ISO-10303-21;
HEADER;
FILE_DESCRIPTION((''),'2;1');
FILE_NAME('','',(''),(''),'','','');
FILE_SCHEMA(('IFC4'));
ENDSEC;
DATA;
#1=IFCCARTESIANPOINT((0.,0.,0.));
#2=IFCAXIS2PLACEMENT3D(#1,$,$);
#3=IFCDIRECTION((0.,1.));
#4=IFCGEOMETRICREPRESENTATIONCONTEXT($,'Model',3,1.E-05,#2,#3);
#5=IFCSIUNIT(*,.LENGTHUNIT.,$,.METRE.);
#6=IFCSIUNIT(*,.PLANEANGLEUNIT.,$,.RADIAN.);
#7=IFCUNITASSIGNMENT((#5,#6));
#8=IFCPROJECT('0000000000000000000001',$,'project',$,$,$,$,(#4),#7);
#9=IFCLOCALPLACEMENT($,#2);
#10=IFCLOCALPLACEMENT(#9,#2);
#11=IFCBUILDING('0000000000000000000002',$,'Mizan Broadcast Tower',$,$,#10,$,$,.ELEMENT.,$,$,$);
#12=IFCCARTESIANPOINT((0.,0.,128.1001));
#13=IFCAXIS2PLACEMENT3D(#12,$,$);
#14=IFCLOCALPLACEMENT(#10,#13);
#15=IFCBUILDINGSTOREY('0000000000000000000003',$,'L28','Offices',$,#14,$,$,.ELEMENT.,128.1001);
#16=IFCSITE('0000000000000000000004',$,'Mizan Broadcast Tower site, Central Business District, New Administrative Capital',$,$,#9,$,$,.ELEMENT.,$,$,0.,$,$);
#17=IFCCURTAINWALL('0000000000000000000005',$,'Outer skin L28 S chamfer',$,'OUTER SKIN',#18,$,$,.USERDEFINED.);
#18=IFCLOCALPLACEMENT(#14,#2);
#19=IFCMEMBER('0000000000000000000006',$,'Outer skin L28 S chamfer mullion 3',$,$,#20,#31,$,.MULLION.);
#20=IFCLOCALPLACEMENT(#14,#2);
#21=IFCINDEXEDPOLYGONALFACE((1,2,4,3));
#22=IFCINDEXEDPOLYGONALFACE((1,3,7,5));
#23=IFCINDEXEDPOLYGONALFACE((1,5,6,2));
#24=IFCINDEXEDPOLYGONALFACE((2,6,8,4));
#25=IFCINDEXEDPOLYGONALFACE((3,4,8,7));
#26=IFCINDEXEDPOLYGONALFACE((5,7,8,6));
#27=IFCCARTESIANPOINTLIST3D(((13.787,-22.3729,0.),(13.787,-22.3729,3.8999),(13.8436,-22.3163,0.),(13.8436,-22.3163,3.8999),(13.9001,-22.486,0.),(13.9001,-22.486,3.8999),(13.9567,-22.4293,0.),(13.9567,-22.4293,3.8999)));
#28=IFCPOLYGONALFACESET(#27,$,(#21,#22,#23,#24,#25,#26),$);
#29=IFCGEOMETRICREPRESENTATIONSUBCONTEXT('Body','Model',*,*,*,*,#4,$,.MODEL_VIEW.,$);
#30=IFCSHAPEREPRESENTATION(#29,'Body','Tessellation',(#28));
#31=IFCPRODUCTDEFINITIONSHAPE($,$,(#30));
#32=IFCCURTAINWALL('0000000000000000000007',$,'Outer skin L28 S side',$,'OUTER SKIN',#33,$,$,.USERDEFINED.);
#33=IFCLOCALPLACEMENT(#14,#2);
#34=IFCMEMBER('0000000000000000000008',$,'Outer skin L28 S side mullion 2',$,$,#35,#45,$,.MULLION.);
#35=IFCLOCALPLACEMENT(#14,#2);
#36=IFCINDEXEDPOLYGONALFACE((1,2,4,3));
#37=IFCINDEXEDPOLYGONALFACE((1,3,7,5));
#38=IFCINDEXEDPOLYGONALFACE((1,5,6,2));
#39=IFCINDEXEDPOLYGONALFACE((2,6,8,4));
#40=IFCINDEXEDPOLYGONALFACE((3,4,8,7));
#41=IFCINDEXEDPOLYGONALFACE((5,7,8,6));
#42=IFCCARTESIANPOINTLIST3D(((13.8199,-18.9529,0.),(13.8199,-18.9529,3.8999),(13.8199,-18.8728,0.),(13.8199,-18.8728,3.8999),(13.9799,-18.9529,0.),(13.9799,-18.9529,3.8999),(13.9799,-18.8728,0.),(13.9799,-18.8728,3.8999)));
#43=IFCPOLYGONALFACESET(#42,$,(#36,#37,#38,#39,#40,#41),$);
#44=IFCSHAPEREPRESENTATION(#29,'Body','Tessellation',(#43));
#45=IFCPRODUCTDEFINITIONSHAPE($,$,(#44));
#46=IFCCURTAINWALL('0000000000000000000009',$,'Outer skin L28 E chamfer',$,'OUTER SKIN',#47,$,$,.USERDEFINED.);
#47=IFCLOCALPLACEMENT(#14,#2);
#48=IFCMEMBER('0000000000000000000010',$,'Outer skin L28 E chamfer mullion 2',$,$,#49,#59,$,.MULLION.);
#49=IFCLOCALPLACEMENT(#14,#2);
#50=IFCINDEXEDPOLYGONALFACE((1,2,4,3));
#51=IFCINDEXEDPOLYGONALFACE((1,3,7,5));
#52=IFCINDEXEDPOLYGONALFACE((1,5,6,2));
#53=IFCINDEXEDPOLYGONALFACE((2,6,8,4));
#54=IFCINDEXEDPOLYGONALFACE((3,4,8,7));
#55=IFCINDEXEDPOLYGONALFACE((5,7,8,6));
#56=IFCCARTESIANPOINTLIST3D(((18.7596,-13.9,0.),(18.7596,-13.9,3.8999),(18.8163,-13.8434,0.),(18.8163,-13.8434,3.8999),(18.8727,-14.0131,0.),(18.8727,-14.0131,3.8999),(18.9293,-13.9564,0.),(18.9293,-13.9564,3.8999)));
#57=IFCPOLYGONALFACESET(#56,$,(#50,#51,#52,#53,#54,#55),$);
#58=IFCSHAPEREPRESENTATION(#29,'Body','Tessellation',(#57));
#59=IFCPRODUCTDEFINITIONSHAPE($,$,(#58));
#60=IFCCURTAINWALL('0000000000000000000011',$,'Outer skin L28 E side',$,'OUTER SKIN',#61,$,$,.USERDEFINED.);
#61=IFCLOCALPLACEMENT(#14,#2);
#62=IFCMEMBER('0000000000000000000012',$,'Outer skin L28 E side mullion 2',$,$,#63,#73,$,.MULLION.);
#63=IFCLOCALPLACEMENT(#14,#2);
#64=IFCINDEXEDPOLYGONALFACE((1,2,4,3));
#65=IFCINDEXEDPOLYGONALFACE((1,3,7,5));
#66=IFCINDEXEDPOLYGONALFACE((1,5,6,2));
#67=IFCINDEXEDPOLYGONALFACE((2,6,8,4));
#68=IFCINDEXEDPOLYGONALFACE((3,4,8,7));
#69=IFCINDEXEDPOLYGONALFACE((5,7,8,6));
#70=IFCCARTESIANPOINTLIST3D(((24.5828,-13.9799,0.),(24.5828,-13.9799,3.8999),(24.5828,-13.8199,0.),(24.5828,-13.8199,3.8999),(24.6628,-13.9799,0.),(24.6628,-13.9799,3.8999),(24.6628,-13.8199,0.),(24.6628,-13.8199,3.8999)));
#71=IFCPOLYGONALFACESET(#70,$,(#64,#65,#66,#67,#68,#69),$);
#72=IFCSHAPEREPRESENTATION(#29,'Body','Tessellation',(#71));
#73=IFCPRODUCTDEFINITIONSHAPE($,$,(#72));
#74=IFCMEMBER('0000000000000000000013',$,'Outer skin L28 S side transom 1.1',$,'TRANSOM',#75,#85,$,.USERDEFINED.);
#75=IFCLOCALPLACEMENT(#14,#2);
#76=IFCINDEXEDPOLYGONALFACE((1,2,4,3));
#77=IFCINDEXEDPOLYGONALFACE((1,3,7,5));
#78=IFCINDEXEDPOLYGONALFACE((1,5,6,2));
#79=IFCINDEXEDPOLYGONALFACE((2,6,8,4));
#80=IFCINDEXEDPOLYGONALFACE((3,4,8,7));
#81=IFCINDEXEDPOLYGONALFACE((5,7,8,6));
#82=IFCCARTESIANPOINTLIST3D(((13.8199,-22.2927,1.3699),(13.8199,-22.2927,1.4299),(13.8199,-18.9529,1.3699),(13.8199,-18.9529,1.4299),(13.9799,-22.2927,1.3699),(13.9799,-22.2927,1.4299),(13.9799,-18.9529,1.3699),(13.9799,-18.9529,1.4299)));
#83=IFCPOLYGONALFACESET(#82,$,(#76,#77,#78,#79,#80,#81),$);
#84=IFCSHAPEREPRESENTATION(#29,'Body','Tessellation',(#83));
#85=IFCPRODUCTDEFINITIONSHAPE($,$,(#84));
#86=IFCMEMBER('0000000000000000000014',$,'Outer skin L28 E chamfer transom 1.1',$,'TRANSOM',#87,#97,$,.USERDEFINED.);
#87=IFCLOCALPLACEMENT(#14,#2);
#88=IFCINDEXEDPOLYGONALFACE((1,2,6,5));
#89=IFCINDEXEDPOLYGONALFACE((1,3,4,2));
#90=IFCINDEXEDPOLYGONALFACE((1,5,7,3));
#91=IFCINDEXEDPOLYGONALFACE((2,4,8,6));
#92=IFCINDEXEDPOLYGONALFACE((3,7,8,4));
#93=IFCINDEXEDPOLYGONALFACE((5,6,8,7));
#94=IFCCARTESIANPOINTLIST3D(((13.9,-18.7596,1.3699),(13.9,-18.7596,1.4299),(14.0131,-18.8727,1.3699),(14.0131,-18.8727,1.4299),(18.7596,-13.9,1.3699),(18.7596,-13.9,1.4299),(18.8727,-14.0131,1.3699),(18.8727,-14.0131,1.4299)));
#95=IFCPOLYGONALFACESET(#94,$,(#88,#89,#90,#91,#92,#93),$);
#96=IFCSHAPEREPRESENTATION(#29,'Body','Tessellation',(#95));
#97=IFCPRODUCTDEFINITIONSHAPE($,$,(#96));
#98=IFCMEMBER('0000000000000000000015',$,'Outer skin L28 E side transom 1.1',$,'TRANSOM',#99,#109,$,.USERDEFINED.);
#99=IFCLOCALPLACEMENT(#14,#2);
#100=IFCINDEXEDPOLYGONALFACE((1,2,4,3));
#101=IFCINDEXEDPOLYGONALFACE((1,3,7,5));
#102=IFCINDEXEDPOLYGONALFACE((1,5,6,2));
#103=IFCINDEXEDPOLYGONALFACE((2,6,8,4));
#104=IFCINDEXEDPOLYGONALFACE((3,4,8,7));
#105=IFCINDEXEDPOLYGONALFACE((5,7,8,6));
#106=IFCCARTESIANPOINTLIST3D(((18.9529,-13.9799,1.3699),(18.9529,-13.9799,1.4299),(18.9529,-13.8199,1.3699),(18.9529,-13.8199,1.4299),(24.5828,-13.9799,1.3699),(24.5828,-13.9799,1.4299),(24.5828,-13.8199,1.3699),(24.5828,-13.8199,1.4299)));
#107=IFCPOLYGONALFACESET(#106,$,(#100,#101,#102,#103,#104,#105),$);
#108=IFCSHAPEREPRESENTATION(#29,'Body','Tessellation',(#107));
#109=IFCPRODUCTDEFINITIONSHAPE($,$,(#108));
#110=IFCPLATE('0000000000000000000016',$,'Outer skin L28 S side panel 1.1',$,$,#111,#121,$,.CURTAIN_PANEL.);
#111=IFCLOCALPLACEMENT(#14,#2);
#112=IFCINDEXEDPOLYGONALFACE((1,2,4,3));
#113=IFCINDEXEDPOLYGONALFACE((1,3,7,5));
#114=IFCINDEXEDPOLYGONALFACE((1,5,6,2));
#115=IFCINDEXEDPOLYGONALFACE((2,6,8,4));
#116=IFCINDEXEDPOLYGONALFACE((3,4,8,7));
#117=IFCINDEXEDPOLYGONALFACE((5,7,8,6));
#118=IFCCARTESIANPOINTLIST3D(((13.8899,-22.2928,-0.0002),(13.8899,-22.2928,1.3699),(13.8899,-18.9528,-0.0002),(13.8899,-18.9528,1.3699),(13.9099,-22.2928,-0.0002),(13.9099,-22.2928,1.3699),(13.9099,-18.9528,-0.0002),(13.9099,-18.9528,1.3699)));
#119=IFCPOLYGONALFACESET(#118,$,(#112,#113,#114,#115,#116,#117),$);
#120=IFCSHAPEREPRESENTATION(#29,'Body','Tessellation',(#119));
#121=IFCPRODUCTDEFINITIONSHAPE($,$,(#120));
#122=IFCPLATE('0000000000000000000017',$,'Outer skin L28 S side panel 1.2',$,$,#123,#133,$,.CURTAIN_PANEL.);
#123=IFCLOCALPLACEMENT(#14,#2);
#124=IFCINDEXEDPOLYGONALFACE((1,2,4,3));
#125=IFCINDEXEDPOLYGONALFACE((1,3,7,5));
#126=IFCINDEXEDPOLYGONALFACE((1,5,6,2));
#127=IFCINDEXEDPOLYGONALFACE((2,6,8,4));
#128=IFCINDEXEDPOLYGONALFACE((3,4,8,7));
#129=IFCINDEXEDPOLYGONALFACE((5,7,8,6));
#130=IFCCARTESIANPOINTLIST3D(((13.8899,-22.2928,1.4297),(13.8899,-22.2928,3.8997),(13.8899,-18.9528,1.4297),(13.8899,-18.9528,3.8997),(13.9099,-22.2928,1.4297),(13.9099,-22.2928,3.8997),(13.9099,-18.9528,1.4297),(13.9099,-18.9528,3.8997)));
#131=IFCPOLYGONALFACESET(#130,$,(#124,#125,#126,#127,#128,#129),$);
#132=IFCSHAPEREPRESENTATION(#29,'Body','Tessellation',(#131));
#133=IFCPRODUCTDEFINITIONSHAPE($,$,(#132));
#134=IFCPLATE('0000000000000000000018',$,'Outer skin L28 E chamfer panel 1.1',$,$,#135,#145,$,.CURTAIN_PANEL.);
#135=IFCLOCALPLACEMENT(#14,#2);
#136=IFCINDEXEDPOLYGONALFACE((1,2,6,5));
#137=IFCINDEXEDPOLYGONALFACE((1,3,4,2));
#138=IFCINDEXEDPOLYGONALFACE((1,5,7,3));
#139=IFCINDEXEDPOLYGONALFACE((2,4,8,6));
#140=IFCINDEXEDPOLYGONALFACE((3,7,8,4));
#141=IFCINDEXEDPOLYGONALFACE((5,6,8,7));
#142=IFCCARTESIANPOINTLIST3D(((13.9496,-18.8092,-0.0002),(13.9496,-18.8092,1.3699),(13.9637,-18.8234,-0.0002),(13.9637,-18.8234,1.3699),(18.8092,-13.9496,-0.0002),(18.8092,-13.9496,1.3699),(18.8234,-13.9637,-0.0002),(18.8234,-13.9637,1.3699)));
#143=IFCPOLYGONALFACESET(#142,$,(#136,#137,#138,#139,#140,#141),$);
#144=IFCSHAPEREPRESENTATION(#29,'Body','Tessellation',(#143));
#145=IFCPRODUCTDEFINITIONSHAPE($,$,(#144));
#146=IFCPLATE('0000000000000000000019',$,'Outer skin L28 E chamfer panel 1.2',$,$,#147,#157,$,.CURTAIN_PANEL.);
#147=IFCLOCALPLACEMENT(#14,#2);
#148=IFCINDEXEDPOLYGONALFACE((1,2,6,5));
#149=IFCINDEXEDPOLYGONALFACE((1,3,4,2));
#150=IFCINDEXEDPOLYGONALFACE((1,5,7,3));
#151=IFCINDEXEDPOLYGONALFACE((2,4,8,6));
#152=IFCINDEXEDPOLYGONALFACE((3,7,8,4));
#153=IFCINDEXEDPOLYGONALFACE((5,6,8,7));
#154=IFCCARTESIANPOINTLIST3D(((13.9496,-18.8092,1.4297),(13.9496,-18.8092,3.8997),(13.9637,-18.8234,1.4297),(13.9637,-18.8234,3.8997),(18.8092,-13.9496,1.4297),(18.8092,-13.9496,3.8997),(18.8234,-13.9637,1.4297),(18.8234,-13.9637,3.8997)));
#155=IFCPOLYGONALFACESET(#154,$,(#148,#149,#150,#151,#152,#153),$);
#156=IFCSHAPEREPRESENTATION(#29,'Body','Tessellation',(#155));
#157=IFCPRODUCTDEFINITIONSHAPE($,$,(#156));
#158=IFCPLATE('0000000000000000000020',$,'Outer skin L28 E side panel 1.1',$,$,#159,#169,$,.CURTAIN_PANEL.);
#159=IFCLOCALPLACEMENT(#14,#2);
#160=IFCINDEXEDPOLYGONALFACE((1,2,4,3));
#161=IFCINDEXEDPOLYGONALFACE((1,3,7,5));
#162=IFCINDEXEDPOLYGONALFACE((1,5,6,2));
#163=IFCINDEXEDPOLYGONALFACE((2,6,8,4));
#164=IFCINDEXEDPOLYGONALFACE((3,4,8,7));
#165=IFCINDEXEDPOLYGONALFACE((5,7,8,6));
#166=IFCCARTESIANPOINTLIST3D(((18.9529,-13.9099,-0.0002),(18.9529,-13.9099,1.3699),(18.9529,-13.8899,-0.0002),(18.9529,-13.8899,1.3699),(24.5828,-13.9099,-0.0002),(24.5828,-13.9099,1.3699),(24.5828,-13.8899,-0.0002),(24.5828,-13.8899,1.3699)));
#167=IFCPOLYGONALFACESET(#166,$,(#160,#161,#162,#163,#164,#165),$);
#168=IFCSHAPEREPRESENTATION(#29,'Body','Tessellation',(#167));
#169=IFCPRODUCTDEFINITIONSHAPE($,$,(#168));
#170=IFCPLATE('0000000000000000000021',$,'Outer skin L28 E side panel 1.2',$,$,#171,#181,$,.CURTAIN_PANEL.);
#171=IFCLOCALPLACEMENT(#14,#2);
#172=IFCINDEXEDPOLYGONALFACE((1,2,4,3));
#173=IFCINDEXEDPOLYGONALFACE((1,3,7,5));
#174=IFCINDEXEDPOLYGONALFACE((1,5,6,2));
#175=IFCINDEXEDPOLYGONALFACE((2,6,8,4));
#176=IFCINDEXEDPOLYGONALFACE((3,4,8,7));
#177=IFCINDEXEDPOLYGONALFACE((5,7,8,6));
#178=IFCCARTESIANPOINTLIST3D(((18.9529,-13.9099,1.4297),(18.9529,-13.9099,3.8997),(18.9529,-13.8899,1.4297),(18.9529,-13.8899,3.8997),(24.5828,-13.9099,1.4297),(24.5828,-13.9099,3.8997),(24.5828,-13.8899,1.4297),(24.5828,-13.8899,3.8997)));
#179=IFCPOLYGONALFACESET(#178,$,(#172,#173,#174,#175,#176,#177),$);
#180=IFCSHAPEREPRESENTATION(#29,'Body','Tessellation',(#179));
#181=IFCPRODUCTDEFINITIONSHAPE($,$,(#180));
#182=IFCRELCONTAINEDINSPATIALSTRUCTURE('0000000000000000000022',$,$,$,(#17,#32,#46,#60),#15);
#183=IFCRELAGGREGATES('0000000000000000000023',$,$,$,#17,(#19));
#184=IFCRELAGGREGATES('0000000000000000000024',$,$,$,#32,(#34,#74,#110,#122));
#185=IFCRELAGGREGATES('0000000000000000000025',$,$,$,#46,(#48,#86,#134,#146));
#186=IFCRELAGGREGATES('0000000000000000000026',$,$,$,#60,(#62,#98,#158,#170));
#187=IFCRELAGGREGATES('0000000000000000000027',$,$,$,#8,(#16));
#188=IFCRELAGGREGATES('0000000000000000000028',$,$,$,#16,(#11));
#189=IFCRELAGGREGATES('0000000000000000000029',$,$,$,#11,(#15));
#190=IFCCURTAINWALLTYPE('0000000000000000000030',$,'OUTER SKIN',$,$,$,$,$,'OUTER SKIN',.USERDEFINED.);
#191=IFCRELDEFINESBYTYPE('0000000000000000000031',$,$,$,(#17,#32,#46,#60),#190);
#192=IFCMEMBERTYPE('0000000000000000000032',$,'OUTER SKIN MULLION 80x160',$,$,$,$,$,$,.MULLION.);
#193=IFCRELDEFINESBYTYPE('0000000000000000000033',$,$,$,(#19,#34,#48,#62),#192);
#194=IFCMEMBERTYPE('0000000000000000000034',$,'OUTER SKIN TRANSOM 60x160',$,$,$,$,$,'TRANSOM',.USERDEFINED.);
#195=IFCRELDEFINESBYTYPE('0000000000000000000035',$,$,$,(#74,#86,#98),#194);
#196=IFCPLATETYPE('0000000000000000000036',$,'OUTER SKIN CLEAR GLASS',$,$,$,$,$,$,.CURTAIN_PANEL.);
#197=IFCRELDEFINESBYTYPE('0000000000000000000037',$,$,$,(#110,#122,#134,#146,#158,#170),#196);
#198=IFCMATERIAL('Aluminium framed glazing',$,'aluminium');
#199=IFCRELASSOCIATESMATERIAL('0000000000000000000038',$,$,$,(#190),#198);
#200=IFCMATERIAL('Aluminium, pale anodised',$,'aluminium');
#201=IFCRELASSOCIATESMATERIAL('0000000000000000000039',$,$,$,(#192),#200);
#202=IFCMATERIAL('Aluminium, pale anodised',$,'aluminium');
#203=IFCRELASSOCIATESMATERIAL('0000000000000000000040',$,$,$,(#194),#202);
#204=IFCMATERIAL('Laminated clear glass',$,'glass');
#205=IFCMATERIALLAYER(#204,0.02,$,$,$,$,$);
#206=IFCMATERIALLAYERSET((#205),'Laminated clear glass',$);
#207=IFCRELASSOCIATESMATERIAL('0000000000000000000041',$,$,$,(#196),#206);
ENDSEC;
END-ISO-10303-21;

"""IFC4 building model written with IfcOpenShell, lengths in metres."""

from ifc_helpers import new_model, si_unit, direction, frame, origin, origin_2d, place, context, subcontext, project, spatial, rectangle, extrude, material, layer, layer_set, material_profile, profile_set, type_object, element, aggregate, save


model = new_model("IFC4")

# Units and contexts
model_context = context("Model", 3, precision=1e-05, world=origin(), true_north=direction((0.0, 1.0)))
body_context = subcontext(model_context, "Body", "Model", "MODEL_VIEW")
ifc_project = project(units=[si_unit("LENGTHUNIT", "METRE"), si_unit("PLANEANGLEUNIT", "RADIAN")], contexts=[model_context])

# Site, building, storey
site_placement = place(None, origin())
site = spatial("IfcSite", under=ifc_project, at=site_placement, Name="Mizan Broadcast Tower site, Central Business District, New Administrative Capital", CompositionType="ELEMENT", RefElevation=0.0)
building_placement = place(site_placement, origin())
building = spatial("IfcBuilding", under=site, at=building_placement, Name="Mizan Broadcast Tower", CompositionType="ELEMENT")
storey_placement = place(building_placement, frame((0.0, 0.0, 128.1001)))
storey = spatial("IfcBuildingStorey", under=building, at=storey_placement, Name="L28", Description="Offices", CompositionType="ELEMENT", Elevation=128.1001)

# Curtain walls, members
ifc_material_1 = material(Name="Aluminium framed glazing", Category="aluminium")
curtain_wall_type = type_object("IfcCurtainWallType", Name="OUTER SKIN", ElementType="OUTER SKIN", PredefinedType="USERDEFINED", material=ifc_material_1)
curtain_wall_1_placement = place(storey_placement, origin())
curtain_wall_1 = element("IfcCurtainWall", 1, at=curtain_wall_1_placement, inside=storey, type_object=curtain_wall_type, Name="Outer skin L28 S chamfer", ObjectType="OUTER SKIN", PredefinedType="USERDEFINED")
ifc_material_2 = material(Name="Aluminium, pale anodised", Category="aluminium")
ifc_material_profile_1 = material_profile(ifc_material_2, rectangle(XDim=0.1599, YDim=0.0801, at=origin_2d()), Name="MULLION 160x80")
ifc_profile_set_1 = profile_set([ifc_material_profile_1], Name="Aluminium, pale anodised")
member_type_1 = type_object("IfcMemberType", Name="OUTER SKIN MULLION 80x160", PredefinedType="MULLION", material=ifc_profile_set_1)
member_1_placement = place(storey_placement, frame((13.8718, -22.4011, 0.0), z_axis=(0.0, 0.0, 1.0), x_axis=(-0.707107, 0.707107, 0.0)))
member_1 = element("IfcMember", 2, at=member_1_placement, type_object=member_type_1, Name="Outer skin L28 S chamfer mullion 3", PredefinedType="MULLION", context=body_context, shape_type="SweptSolid", body=[
    extrude(rectangle(XDim=0.1599, YDim=0.0801, at=origin_2d()), origin(), (0.0, 0.0, 1.0), 3.8999),
])
aggregate(curtain_wall_1, [member_1])
curtain_wall_2_placement = place(storey_placement, origin())
curtain_wall_2 = element("IfcCurtainWall", 3, at=curtain_wall_2_placement, inside=storey, type_object=curtain_wall_type, Name="Outer skin L28 S side", ObjectType="OUTER SKIN", PredefinedType="USERDEFINED")
member_2_placement = place(storey_placement, frame((13.8999, -18.9128, 0.0), z_axis=(0.0, 0.0, 1.0), x_axis=(-1.0, 0.0, 0.0)))
member_2 = element("IfcMember", 4, at=member_2_placement, type_object=member_type_1, Name="Outer skin L28 S side mullion 2", PredefinedType="MULLION", context=body_context, shape_type="SweptSolid", body=[
    extrude(rectangle(XDim=0.1599, YDim=0.0801, at=origin_2d()), origin(), (0.0, 0.0, 1.0), 3.8999),
])
curtain_wall_3_placement = place(storey_placement, origin())
curtain_wall_3 = element("IfcCurtainWall", 5, at=curtain_wall_3_placement, inside=storey, type_object=curtain_wall_type, Name="Outer skin L28 E chamfer", ObjectType="OUTER SKIN", PredefinedType="USERDEFINED")
member_3_placement = place(storey_placement, frame((18.8445, -13.9282, 0.0), z_axis=(0.0, 0.0, 1.0), x_axis=(-0.707107, 0.707107, 0.0)))
member_3 = element("IfcMember", 6, at=member_3_placement, type_object=member_type_1, Name="Outer skin L28 E chamfer mullion 2", PredefinedType="MULLION", context=body_context, shape_type="SweptSolid", body=[
    extrude(rectangle(XDim=0.1599, YDim=0.0801, at=origin_2d()), origin(), (0.0, 0.0, 1.0), 3.8999),
])
curtain_wall_4_placement = place(storey_placement, origin())
curtain_wall_4 = element("IfcCurtainWall", 7, at=curtain_wall_4_placement, inside=storey, type_object=curtain_wall_type, Name="Outer skin L28 E side", ObjectType="OUTER SKIN", PredefinedType="USERDEFINED")
member_4_placement = place(storey_placement, frame((24.6228, -13.8999, 0.0), z_axis=(0.0, 0.0, 1.0), x_axis=(0.0, 1.0, 0.0)))
member_4 = element("IfcMember", 8, at=member_4_placement, type_object=member_type_1, Name="Outer skin L28 E side mullion 2", PredefinedType="MULLION", context=body_context, shape_type="SweptSolid", body=[
    extrude(rectangle(XDim=0.1599, YDim=0.0801, at=origin_2d()), origin(), (0.0, 0.0, 1.0), 3.8999),
])

# Members
ifc_material_3 = material(Name="Aluminium, pale anodised", Category="aluminium")
ifc_material_profile_2 = material_profile(ifc_material_3, rectangle(XDim=0.1599, YDim=0.0601, at=origin_2d()), Name="TRANSOM 160x60")
ifc_profile_set_2 = profile_set([ifc_material_profile_2], Name="Aluminium, pale anodised")
member_type_2 = type_object("IfcMemberType", Name="OUTER SKIN TRANSOM 60x160", ElementType="TRANSOM", PredefinedType="USERDEFINED", material=ifc_profile_set_2)
member_5_placement = place(storey_placement, frame((13.8999, -22.2927, 1.3999), z_axis=(0.0, 1.0, 0.0), x_axis=(-1.0, 0.0, 0.0)))
member_5 = element("IfcMember", 9, at=member_5_placement, type_object=member_type_2, Name="Outer skin L28 S side transom 1.1", ObjectType="TRANSOM", PredefinedType="USERDEFINED", context=body_context, shape_type="SweptSolid", body=[
    extrude(rectangle(XDim=0.1599, YDim=0.0601, at=origin_2d()), origin(), (0.0, 0.0, 1.0), 3.3398),
])
member_6_placement = place(storey_placement, frame((13.9565, -18.8162, 1.3999), z_axis=(0.707107, 0.707107, 0.0), x_axis=(-0.707107, 0.707107, 0.0)))
member_6 = element("IfcMember", 10, at=member_6_placement, type_object=member_type_2, Name="Outer skin L28 E chamfer transom 1.1", ObjectType="TRANSOM", PredefinedType="USERDEFINED", context=body_context, shape_type="SweptSolid", body=[
    extrude(rectangle(XDim=0.1599, YDim=0.0601, at=origin_2d()), origin(), (0.0, 0.0, 1.0), 6.8726),
])
member_7_placement = place(storey_placement, frame((18.9529, -13.8999, 1.3999), z_axis=(1.0, 0.0, 0.0), x_axis=(0.0, 1.0, 0.0)))
member_7 = element("IfcMember", 11, at=member_7_placement, type_object=member_type_2, Name="Outer skin L28 E side transom 1.1", ObjectType="TRANSOM", PredefinedType="USERDEFINED", context=body_context, shape_type="SweptSolid", body=[
    extrude(rectangle(XDim=0.1599, YDim=0.0601, at=origin_2d()), origin(), (0.0, 0.0, 1.0), 5.6299),
])

# Plates
ifc_material_4 = material(Name="Laminated clear glass", Category="glass")
ifc_layer_1 = layer(ifc_material_4, 0.02)
ifc_layer_set_1 = layer_set([ifc_layer_1], Name="Laminated clear glass")
plate_type = type_object("IfcPlateType", Name="OUTER SKIN CLEAR GLASS", PredefinedType="CURTAIN_PANEL", material=ifc_layer_set_1)
plate_1_placement = place(storey_placement, frame((13.8999, -20.6228, -0.0002), z_axis=(0.0, 0.0, 1.0), x_axis=(0.0, 1.0, 0.0)))
plate_1 = element("IfcPlate", 12, at=plate_1_placement, type_object=plate_type, Name="Outer skin L28 S side panel 1.1", PredefinedType="CURTAIN_PANEL", context=body_context, shape_type="SweptSolid", body=[
    extrude(rectangle(XDim=3.3401, YDim=0.02, at=origin_2d()), origin(), (0.0, 0.0, 1.0), 1.3701),
])
plate_2_placement = place(storey_placement, frame((13.8999, -20.6228, 1.4297), z_axis=(0.0, 0.0, 1.0), x_axis=(0.0, 1.0, 0.0)))
plate_2 = element("IfcPlate", 13, at=plate_2_placement, type_object=plate_type, Name="Outer skin L28 S side panel 1.2", PredefinedType="CURTAIN_PANEL", context=body_context, shape_type="SweptSolid", body=[
    extrude(rectangle(XDim=3.3401, YDim=0.02, at=origin_2d()), origin(), (0.0, 0.0, 1.0), 2.47),
])
aggregate(curtain_wall_2, [member_2, member_5, plate_1, plate_2])
plate_3_placement = place(storey_placement, frame((16.3865, -16.3865, -0.0002), z_axis=(0.0, 0.0, 1.0), x_axis=(0.707107, 0.707107, 0.0)))
plate_3 = element("IfcPlate", 14, at=plate_3_placement, type_object=plate_type, Name="Outer skin L28 E chamfer panel 1.1", PredefinedType="CURTAIN_PANEL", context=body_context, shape_type="SweptSolid", body=[
    extrude(rectangle(XDim=6.8726, YDim=0.02, at=origin_2d()), origin(), (0.0, 0.0, 1.0), 1.3701),
])
plate_4_placement = place(storey_placement, frame((16.3865, -16.3865, 1.4297), z_axis=(0.0, 0.0, 1.0), x_axis=(0.707107, 0.707107, 0.0)))
plate_4 = element("IfcPlate", 15, at=plate_4_placement, type_object=plate_type, Name="Outer skin L28 E chamfer panel 1.2", PredefinedType="CURTAIN_PANEL", context=body_context, shape_type="SweptSolid", body=[
    extrude(rectangle(XDim=6.8726, YDim=0.02, at=origin_2d()), origin(), (0.0, 0.0, 1.0), 2.47),
])
aggregate(curtain_wall_3, [member_3, member_6, plate_3, plate_4])
plate_5_placement = place(storey_placement, frame((21.7678, -13.8999, -0.0002), z_axis=(0.0, 0.0, 1.0), x_axis=(1.0, 0.0, 0.0)))
plate_5 = element("IfcPlate", 16, at=plate_5_placement, type_object=plate_type, Name="Outer skin L28 E side panel 1.1", PredefinedType="CURTAIN_PANEL", context=body_context, shape_type="SweptSolid", body=[
    extrude(rectangle(XDim=5.6299, YDim=0.02, at=origin_2d()), origin(), (0.0, 0.0, 1.0), 1.3701),
])
plate_6_placement = place(storey_placement, frame((21.7678, -13.8999, 1.4297), z_axis=(0.0, 0.0, 1.0), x_axis=(1.0, 0.0, 0.0)))
plate_6 = element("IfcPlate", 17, at=plate_6_placement, type_object=plate_type, Name="Outer skin L28 E side panel 1.2", PredefinedType="CURTAIN_PANEL", context=body_context, shape_type="SweptSolid", body=[
    extrude(rectangle(XDim=5.6299, YDim=0.02, at=origin_2d()), origin(), (0.0, 0.0, 1.0), 2.47),
])
aggregate(curtain_wall_4, [member_4, member_7, plate_5, plate_6])

save(model, "model.ifc")
